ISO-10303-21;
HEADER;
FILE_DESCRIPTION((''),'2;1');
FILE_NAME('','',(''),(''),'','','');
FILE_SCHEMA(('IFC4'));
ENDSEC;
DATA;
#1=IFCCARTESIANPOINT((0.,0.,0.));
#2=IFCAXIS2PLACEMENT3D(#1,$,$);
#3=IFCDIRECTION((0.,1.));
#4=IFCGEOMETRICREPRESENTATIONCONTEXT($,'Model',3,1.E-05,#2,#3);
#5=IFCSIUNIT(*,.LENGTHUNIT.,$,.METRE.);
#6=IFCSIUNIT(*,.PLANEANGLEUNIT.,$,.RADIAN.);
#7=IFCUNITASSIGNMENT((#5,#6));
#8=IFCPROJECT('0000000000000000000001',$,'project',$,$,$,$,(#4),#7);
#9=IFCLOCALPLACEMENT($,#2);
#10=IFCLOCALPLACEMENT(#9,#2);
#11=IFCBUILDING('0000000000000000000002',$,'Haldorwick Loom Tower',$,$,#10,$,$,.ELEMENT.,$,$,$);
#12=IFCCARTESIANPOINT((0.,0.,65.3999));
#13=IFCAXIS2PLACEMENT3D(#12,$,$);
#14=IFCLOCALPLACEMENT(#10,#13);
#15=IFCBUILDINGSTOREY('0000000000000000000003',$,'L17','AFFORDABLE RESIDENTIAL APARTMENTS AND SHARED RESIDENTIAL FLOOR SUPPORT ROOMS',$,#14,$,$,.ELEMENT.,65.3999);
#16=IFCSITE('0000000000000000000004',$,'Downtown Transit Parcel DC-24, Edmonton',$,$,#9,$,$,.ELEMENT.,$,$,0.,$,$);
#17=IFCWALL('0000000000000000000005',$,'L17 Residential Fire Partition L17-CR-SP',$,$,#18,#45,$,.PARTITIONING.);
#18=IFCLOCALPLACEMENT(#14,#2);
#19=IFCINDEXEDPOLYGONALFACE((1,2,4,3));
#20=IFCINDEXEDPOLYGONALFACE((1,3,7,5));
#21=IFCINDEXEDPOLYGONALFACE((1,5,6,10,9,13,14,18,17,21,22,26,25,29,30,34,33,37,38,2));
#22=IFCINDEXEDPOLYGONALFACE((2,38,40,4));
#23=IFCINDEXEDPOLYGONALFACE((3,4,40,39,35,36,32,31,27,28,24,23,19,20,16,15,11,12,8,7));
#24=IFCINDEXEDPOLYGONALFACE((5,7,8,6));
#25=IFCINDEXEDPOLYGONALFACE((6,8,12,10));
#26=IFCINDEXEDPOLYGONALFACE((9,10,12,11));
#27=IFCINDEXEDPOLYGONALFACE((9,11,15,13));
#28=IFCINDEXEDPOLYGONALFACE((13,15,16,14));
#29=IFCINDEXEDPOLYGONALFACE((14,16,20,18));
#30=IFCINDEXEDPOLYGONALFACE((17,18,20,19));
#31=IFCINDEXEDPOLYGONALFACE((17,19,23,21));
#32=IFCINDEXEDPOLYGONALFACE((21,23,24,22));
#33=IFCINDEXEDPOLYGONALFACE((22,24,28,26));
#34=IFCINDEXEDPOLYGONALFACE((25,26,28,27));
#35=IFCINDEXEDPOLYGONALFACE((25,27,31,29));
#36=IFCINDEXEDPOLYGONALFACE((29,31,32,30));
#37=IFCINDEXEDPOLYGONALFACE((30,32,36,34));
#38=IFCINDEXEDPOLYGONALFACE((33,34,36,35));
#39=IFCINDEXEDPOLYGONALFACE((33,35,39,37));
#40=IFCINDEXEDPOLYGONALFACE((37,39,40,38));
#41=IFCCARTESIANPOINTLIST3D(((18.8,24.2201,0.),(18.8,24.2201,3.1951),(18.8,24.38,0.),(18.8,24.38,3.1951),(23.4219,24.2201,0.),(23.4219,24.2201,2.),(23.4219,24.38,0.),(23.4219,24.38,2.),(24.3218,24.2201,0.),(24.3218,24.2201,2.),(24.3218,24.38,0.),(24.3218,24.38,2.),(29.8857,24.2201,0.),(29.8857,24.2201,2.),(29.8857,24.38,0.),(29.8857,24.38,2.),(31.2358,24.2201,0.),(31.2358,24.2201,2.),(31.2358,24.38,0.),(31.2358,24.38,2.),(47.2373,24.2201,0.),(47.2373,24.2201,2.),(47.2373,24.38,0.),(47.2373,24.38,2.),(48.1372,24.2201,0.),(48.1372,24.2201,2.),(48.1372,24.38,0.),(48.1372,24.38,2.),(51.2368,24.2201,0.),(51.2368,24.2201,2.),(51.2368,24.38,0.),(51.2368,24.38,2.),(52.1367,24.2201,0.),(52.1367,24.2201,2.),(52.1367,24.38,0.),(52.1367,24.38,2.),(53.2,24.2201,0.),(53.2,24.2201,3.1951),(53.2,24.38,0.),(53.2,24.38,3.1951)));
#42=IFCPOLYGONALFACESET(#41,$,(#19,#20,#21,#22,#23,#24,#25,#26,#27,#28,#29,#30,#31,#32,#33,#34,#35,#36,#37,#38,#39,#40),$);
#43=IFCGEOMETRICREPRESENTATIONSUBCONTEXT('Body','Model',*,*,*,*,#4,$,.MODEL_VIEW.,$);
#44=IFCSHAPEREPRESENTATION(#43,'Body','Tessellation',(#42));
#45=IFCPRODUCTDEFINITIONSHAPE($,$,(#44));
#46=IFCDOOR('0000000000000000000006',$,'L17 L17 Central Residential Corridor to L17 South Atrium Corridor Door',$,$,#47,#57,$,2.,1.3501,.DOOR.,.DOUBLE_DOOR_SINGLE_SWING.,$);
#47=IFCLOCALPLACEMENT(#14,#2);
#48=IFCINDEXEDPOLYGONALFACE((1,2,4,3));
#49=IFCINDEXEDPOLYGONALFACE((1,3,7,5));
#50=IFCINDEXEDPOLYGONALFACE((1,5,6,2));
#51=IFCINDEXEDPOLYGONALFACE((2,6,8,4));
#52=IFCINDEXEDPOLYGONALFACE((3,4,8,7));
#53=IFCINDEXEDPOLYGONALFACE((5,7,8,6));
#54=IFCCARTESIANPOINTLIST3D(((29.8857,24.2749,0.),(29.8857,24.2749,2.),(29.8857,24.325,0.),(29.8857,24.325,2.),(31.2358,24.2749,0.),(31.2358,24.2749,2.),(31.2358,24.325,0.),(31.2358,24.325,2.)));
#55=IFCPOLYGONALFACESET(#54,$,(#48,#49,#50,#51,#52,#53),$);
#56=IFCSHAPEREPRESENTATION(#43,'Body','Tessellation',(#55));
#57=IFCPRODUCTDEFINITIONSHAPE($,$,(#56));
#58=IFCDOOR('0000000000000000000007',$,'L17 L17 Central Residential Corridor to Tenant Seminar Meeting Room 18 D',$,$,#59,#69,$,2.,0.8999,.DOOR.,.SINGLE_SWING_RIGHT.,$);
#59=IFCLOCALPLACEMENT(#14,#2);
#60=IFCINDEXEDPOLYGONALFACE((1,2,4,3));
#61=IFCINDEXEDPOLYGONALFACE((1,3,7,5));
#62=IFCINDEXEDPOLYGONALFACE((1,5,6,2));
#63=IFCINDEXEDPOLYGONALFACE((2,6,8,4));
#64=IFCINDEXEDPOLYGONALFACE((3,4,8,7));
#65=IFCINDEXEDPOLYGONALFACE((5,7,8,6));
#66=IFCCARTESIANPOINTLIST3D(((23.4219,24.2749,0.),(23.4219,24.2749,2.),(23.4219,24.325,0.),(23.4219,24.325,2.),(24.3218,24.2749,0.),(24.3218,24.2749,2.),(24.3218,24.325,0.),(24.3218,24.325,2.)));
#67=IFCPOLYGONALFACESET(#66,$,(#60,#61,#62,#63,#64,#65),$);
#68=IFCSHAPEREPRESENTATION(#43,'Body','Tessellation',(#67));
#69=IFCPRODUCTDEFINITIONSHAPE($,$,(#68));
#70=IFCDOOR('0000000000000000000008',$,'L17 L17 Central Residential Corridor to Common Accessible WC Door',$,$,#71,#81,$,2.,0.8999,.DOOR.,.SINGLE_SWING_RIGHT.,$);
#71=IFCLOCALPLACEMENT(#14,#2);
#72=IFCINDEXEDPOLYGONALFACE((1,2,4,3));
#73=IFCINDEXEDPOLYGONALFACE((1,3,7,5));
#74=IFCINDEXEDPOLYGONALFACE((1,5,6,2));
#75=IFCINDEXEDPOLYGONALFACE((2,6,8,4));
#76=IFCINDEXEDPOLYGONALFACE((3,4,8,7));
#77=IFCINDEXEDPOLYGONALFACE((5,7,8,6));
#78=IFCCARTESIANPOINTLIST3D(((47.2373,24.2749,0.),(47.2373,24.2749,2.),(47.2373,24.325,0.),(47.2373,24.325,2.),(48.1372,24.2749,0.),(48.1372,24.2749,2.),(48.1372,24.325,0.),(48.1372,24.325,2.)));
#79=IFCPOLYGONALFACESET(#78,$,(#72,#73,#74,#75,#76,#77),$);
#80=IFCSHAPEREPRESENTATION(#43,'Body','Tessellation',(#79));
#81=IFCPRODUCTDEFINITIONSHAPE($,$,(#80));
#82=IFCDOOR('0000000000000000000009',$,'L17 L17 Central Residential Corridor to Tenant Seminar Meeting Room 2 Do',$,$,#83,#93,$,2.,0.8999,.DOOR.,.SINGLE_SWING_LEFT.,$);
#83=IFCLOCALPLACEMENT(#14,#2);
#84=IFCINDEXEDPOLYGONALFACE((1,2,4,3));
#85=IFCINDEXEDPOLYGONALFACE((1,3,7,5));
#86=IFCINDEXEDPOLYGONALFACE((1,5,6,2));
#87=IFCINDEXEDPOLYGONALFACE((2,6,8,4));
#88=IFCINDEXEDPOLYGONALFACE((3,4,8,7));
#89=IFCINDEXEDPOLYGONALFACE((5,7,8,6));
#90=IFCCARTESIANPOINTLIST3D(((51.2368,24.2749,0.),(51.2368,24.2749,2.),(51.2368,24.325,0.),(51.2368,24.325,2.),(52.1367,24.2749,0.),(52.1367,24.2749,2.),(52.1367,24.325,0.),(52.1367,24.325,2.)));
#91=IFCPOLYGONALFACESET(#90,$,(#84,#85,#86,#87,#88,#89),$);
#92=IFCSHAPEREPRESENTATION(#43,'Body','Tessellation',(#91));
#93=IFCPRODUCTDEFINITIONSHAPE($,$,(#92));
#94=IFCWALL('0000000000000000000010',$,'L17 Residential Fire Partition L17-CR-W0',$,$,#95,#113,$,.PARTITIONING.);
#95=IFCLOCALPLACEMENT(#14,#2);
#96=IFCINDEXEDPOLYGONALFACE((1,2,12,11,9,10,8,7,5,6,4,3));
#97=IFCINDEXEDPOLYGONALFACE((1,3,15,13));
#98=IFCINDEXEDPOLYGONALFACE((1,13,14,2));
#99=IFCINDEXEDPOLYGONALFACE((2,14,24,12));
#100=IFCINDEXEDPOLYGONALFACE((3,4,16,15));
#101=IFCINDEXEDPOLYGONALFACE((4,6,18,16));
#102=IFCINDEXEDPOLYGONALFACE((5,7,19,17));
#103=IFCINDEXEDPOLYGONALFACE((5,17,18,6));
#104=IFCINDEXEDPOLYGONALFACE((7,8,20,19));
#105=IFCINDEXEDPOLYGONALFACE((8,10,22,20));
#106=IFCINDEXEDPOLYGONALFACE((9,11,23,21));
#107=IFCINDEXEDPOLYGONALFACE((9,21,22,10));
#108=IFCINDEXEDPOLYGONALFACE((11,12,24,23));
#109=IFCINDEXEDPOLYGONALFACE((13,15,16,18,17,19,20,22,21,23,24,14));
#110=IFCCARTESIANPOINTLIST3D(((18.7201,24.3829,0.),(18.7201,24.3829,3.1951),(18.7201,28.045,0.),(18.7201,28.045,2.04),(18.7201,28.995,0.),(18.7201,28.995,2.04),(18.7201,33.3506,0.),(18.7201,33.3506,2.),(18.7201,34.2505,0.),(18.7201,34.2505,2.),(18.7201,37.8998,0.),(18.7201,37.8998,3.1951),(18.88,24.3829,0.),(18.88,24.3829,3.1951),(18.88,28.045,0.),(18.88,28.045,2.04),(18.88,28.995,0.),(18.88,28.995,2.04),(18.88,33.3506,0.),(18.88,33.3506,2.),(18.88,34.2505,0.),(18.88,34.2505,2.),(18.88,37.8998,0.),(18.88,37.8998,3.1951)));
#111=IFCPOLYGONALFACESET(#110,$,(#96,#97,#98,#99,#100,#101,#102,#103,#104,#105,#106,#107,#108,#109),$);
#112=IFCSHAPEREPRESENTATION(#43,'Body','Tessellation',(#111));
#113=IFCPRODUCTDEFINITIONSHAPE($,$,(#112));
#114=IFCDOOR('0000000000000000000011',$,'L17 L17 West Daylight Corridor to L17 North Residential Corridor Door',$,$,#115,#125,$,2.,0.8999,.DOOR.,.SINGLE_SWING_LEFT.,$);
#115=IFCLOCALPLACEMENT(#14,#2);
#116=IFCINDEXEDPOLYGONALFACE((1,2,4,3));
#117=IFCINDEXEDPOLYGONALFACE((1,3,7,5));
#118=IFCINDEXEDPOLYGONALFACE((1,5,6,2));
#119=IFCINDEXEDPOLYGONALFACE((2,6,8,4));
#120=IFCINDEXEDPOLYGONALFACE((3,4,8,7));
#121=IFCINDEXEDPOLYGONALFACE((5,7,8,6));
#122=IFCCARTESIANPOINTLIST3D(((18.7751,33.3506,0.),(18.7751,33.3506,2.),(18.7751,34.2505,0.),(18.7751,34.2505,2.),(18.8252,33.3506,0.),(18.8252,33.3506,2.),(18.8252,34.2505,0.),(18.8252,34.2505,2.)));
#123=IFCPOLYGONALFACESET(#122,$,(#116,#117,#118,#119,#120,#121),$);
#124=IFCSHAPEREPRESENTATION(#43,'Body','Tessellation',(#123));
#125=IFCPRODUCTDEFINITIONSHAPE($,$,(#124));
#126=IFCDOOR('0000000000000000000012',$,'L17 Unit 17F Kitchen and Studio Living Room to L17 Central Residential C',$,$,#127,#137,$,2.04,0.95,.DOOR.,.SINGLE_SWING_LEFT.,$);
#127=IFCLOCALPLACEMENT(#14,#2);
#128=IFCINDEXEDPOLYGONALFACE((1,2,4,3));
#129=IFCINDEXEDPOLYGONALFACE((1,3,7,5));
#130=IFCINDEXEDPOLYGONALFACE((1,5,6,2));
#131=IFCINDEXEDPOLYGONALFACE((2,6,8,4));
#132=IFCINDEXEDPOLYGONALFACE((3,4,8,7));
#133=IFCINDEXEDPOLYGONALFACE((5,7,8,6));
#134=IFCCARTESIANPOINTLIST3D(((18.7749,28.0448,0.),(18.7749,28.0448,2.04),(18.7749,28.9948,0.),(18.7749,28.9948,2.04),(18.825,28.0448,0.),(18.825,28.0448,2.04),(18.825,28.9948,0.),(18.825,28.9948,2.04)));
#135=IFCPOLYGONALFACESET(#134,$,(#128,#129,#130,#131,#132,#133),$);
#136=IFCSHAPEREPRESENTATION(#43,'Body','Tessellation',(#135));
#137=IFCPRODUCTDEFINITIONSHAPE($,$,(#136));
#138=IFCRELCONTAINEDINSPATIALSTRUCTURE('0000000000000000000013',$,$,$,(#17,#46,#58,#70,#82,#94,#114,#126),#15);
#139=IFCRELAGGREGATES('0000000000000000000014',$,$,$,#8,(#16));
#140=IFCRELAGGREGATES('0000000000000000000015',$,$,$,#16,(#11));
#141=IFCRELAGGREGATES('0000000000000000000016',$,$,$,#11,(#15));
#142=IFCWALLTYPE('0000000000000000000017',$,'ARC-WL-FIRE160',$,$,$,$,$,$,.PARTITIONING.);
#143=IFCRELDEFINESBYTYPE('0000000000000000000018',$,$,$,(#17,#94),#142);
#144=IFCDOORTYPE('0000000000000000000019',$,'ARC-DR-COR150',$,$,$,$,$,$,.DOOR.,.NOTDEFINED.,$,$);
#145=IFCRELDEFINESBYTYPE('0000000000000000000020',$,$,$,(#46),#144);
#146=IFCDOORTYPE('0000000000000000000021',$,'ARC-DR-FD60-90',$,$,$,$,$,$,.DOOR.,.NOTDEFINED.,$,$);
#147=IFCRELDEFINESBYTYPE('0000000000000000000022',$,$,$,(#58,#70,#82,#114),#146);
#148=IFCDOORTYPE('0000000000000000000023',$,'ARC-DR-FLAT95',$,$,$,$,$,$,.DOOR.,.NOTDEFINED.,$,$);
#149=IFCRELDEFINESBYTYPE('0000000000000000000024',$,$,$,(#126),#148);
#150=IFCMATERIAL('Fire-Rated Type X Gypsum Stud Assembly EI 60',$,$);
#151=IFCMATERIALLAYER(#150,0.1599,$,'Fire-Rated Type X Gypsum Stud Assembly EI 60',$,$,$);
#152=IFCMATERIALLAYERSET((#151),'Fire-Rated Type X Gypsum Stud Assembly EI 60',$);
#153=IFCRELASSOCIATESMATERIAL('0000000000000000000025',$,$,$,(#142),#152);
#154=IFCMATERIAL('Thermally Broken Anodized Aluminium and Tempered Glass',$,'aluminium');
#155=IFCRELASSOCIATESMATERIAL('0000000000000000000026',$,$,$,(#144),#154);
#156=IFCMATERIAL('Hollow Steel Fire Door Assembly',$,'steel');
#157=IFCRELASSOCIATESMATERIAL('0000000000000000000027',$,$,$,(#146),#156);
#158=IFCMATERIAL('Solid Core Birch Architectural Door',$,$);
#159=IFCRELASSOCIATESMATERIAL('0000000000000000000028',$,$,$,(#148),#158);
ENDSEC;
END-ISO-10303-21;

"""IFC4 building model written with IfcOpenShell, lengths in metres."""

from ifc_helpers import new_model, si_unit, direction, frame, frame_2d, origin, place, context, subcontext, project, spatial, rectangle, extrude, material, layer, layer_set, type_object, element, fill, save


model = new_model("IFC4")

# Units and contexts
model_context = context("Model", 3, precision=1e-05, world=origin(), true_north=direction((0.0, 1.0)))
body_context = subcontext(model_context, "Body", "Model", "MODEL_VIEW")
ifc_project = project(units=[si_unit("LENGTHUNIT", "METRE"), si_unit("PLANEANGLEUNIT", "RADIAN")], contexts=[model_context])

# Site, building, storey
site_placement = place(None, origin())
site = spatial("IfcSite", under=ifc_project, at=site_placement, Name="Downtown Transit Parcel DC-24, Edmonton", CompositionType="ELEMENT", RefElevation=0.0)
building_placement = place(site_placement, origin())
building = spatial("IfcBuilding", under=site, at=building_placement, Name="Haldorwick Loom Tower", CompositionType="ELEMENT")
storey_placement = place(building_placement, frame((0.0, 0.0, 65.3999)))
storey = spatial("IfcBuildingStorey", under=building, at=storey_placement, Name="L17", Description="AFFORDABLE RESIDENTIAL APARTMENTS AND SHARED RESIDENTIAL FLOOR SUPPORT ROOMS", CompositionType="ELEMENT", Elevation=65.3999)

# Walls, openings, doors
ifc_material_1 = material(Name="Fire-Rated Type X Gypsum Stud Assembly EI 60")
ifc_layer_1 = layer(ifc_material_1, 0.1599, Name="Fire-Rated Type X Gypsum Stud Assembly EI 60")
ifc_layer_set_1 = layer_set([ifc_layer_1], Name="Fire-Rated Type X Gypsum Stud Assembly EI 60")
wall_type_1 = type_object("IfcWallType", Name="ARC-WL-FIRE160", PredefinedType="PARTITIONING", material=ifc_layer_set_1)
wall_1_placement = place(storey_placement, frame((18.8, 24.3, 0.0), z_axis=(0.0, 0.0, 1.0), x_axis=(1.0, 0.0, 0.0)))
wall_1 = element("IfcWall", 1, at=wall_1_placement, inside=storey, type_object=wall_type_1, Name="L17 Residential Fire Partition L17-CR-SP", PredefinedType="PARTITIONING", context=body_context, shape_type="SweptSolid", body=[
    extrude(rectangle(XDim=34.3999, YDim=0.1599, at=frame_2d((17.2, 0.0))), origin(), (0.0, 0.0, 1.0), 3.1951),
])
opening_1_placement = place(wall_1_placement, frame((11.0857, 0.0, 0.0)))
opening_1 = element("IfcOpeningElement", 2, at=opening_1_placement, cuts=wall_1, PredefinedType="OPENING", context=body_context, shape_type="SweptSolid", body=[
    extrude(rectangle(XDim=1.3501, YDim=2.0, at=frame_2d((0.675, 1.0))), frame((0.0, 0.0898, 0.0), z_axis=(0.0, -1.0, 0.0), x_axis=(1.0, 0.0, 0.0)), (0.0, 0.0, 1.0), 0.1799),
])
opening_2_placement = place(wall_1_placement, frame((4.6218, 0.0, 0.0)))
opening_2 = element("IfcOpeningElement", 3, at=opening_2_placement, cuts=wall_1, PredefinedType="OPENING", context=body_context, shape_type="SweptSolid", body=[
    extrude(rectangle(XDim=0.8999, YDim=2.0, at=frame_2d((0.45, 1.0))), frame((0.0, 0.0898, 0.0), z_axis=(0.0, -1.0, 0.0), x_axis=(1.0, 0.0, 0.0)), (0.0, 0.0, 1.0), 0.1799),
])
opening_3_placement = place(wall_1_placement, frame((28.4373, 0.0, 0.0)))
opening_3 = element("IfcOpeningElement", 4, at=opening_3_placement, cuts=wall_1, PredefinedType="OPENING", context=body_context, shape_type="SweptSolid", body=[
    extrude(rectangle(XDim=0.8999, YDim=2.0, at=frame_2d((0.45, 1.0))), frame((0.0, 0.0898, 0.0), z_axis=(0.0, -1.0, 0.0), x_axis=(1.0, 0.0, 0.0)), (0.0, 0.0, 1.0), 0.1799),
])
opening_4_placement = place(wall_1_placement, frame((32.4368, 0.0, 0.0)))
opening_4 = element("IfcOpeningElement", 5, at=opening_4_placement, cuts=wall_1, PredefinedType="OPENING", context=body_context, shape_type="SweptSolid", body=[
    extrude(rectangle(XDim=0.8999, YDim=2.0, at=frame_2d((0.45, 1.0))), frame((0.0, 0.0898, 0.0), z_axis=(0.0, -1.0, 0.0), x_axis=(1.0, 0.0, 0.0)), (0.0, 0.0, 1.0), 0.1799),
])
ifc_material_2 = material(Name="Thermally Broken Anodized Aluminium and Tempered Glass", Category="aluminium")
door_type_1 = type_object("IfcDoorType", Name="ARC-DR-COR150", OperationType="NOTDEFINED", PredefinedType="DOOR", material=ifc_material_2)
door_1_placement = place(opening_1_placement, origin())
door_1 = element("IfcDoor", 6, at=door_1_placement, inside=storey, type_object=door_type_1, Name="L17 L17 Central Residential Corridor to L17 South Atrium Corridor Door", OperationType="DOUBLE_DOOR_SINGLE_SWING", OverallHeight=2.0, OverallWidth=1.3501, PredefinedType="DOOR", context=body_context, shape_type="SweptSolid", body=[
    extrude(rectangle(XDim=1.3501, YDim=2.0, at=frame_2d((0.675, 1.0))), frame((0.0, 0.0249, 0.0), z_axis=(0.0, -1.0, 0.0), x_axis=(1.0, 0.0, 0.0)), (0.0, 0.0, 1.0), 0.05),
])
fill(opening_1, door_1)
ifc_material_3 = material(Name="Hollow Steel Fire Door Assembly", Category="steel")
door_type_2 = type_object("IfcDoorType", Name="ARC-DR-FD60-90", OperationType="NOTDEFINED", PredefinedType="DOOR", material=ifc_material_3)
door_2_placement = place(opening_2_placement, origin())
door_2 = element("IfcDoor", 7, at=door_2_placement, inside=storey, type_object=door_type_2, Name="L17 L17 Central Residential Corridor to Tenant Seminar Meeting Room 18 D", OperationType="SINGLE_SWING_RIGHT", OverallHeight=2.0, OverallWidth=0.8999, PredefinedType="DOOR", context=body_context, shape_type="SweptSolid", body=[
    extrude(rectangle(XDim=0.8999, YDim=2.0, at=frame_2d((0.45, 1.0))), frame((0.0, 0.0249, 0.0), z_axis=(0.0, -1.0, 0.0), x_axis=(1.0, 0.0, 0.0)), (0.0, 0.0, 1.0), 0.05),
])
fill(opening_2, door_2)
door_3_placement = place(opening_3_placement, origin())
door_3 = element("IfcDoor", 8, at=door_3_placement, inside=storey, type_object=door_type_2, Name="L17 L17 Central Residential Corridor to Common Accessible WC Door", OperationType="SINGLE_SWING_RIGHT", OverallHeight=2.0, OverallWidth=0.8999, PredefinedType="DOOR", context=body_context, shape_type="SweptSolid", body=[
    extrude(rectangle(XDim=0.8999, YDim=2.0, at=frame_2d((0.45, 1.0))), frame((0.0, 0.0249, 0.0), z_axis=(0.0, -1.0, 0.0), x_axis=(1.0, 0.0, 0.0)), (0.0, 0.0, 1.0), 0.05),
])
fill(opening_3, door_3)
door_4_placement = place(opening_4_placement, origin())
door_4 = element("IfcDoor", 9, at=door_4_placement, inside=storey, type_object=door_type_2, Name="L17 L17 Central Residential Corridor to Tenant Seminar Meeting Room 2 Do", OperationType="SINGLE_SWING_LEFT", OverallHeight=2.0, OverallWidth=0.8999, PredefinedType="DOOR", context=body_context, shape_type="SweptSolid", body=[
    extrude(rectangle(XDim=0.8999, YDim=2.0, at=frame_2d((0.45, 1.0))), frame((0.0, 0.0249, 0.0), z_axis=(0.0, -1.0, 0.0), x_axis=(1.0, 0.0, 0.0)), (0.0, 0.0, 1.0), 0.05),
])
fill(opening_4, door_4)
wall_2_placement = place(storey_placement, frame((18.8, 24.3831, 0.0), z_axis=(0.0, 0.0, 1.0), x_axis=(0.0, 1.0, 0.0)))
wall_2 = element("IfcWall", 10, at=wall_2_placement, inside=storey, type_object=wall_type_1, Name="L17 Residential Fire Partition L17-CR-W0", PredefinedType="PARTITIONING", context=body_context, shape_type="SweptSolid", body=[
    extrude(rectangle(XDim=13.5168, YDim=0.1599, at=frame_2d((6.7583, 0.0))), origin(), (0.0, 0.0, 1.0), 3.1951),
])
opening_5_placement = place(wall_2_placement, frame((8.9675, 0.0, 0.0)))
opening_5 = element("IfcOpeningElement", 11, at=opening_5_placement, cuts=wall_2, PredefinedType="OPENING", context=body_context, shape_type="SweptSolid", body=[
    extrude(rectangle(XDim=0.8999, YDim=2.0, at=frame_2d((0.45, 1.0))), frame((0.0, 0.0898, 0.0), z_axis=(0.0, -1.0, 0.0), x_axis=(1.0, 0.0, 0.0)), (0.0, 0.0, 1.0), 0.1799),
])
opening_6_placement = place(wall_2_placement, frame((3.6619, 0.0, 0.0)))
opening_6 = element("IfcOpeningElement", 12, at=opening_6_placement, cuts=wall_2, PredefinedType="OPENING", context=body_context, shape_type="SweptSolid", body=[
    extrude(rectangle(XDim=0.95, YDim=2.04, at=frame_2d((0.4751, 1.02))), frame((0.0, 0.0898, 0.0), z_axis=(0.0, -1.0, 0.0), x_axis=(1.0, 0.0, 0.0)), (0.0, 0.0, 1.0), 0.1799),
])
door_5_placement = place(opening_5_placement, origin())
door_5 = element("IfcDoor", 13, at=door_5_placement, inside=storey, type_object=door_type_2, Name="L17 L17 West Daylight Corridor to L17 North Residential Corridor Door", OperationType="SINGLE_SWING_LEFT", OverallHeight=2.0, OverallWidth=0.8999, PredefinedType="DOOR", context=body_context, shape_type="SweptSolid", body=[
    extrude(rectangle(XDim=0.8999, YDim=2.0, at=frame_2d((0.45, 1.0))), frame((0.0, 0.0249, 0.0), z_axis=(0.0, -1.0, 0.0), x_axis=(1.0, 0.0, 0.0)), (0.0, 0.0, 1.0), 0.05),
])
fill(opening_5, door_5)
ifc_material_4 = material(Name="Solid Core Birch Architectural Door")
door_type_3 = type_object("IfcDoorType", Name="ARC-DR-FLAT95", OperationType="NOTDEFINED", PredefinedType="DOOR", material=ifc_material_4)
door_6_placement = place(opening_6_placement, frame((0.95, 0.0, 0.0), z_axis=(0.0, 0.0, 1.0), x_axis=(-1.0, 0.0, 0.0)))
door_6 = element("IfcDoor", 14, at=door_6_placement, inside=storey, type_object=door_type_3, Name="L17 Unit 17F Kitchen and Studio Living Room to L17 Central Residential C", OperationType="SINGLE_SWING_LEFT", OverallHeight=2.04, OverallWidth=0.95, PredefinedType="DOOR", context=body_context, shape_type="SweptSolid", body=[
    extrude(rectangle(XDim=0.95, YDim=2.04, at=frame_2d((0.4751, 1.02))), frame((0.0, 0.0249, 0.0), z_axis=(0.0, -1.0, 0.0), x_axis=(1.0, 0.0, 0.0)), (0.0, 0.0, 1.0), 0.05),
])
fill(opening_6, door_6)

save(model, "model.ifc")
